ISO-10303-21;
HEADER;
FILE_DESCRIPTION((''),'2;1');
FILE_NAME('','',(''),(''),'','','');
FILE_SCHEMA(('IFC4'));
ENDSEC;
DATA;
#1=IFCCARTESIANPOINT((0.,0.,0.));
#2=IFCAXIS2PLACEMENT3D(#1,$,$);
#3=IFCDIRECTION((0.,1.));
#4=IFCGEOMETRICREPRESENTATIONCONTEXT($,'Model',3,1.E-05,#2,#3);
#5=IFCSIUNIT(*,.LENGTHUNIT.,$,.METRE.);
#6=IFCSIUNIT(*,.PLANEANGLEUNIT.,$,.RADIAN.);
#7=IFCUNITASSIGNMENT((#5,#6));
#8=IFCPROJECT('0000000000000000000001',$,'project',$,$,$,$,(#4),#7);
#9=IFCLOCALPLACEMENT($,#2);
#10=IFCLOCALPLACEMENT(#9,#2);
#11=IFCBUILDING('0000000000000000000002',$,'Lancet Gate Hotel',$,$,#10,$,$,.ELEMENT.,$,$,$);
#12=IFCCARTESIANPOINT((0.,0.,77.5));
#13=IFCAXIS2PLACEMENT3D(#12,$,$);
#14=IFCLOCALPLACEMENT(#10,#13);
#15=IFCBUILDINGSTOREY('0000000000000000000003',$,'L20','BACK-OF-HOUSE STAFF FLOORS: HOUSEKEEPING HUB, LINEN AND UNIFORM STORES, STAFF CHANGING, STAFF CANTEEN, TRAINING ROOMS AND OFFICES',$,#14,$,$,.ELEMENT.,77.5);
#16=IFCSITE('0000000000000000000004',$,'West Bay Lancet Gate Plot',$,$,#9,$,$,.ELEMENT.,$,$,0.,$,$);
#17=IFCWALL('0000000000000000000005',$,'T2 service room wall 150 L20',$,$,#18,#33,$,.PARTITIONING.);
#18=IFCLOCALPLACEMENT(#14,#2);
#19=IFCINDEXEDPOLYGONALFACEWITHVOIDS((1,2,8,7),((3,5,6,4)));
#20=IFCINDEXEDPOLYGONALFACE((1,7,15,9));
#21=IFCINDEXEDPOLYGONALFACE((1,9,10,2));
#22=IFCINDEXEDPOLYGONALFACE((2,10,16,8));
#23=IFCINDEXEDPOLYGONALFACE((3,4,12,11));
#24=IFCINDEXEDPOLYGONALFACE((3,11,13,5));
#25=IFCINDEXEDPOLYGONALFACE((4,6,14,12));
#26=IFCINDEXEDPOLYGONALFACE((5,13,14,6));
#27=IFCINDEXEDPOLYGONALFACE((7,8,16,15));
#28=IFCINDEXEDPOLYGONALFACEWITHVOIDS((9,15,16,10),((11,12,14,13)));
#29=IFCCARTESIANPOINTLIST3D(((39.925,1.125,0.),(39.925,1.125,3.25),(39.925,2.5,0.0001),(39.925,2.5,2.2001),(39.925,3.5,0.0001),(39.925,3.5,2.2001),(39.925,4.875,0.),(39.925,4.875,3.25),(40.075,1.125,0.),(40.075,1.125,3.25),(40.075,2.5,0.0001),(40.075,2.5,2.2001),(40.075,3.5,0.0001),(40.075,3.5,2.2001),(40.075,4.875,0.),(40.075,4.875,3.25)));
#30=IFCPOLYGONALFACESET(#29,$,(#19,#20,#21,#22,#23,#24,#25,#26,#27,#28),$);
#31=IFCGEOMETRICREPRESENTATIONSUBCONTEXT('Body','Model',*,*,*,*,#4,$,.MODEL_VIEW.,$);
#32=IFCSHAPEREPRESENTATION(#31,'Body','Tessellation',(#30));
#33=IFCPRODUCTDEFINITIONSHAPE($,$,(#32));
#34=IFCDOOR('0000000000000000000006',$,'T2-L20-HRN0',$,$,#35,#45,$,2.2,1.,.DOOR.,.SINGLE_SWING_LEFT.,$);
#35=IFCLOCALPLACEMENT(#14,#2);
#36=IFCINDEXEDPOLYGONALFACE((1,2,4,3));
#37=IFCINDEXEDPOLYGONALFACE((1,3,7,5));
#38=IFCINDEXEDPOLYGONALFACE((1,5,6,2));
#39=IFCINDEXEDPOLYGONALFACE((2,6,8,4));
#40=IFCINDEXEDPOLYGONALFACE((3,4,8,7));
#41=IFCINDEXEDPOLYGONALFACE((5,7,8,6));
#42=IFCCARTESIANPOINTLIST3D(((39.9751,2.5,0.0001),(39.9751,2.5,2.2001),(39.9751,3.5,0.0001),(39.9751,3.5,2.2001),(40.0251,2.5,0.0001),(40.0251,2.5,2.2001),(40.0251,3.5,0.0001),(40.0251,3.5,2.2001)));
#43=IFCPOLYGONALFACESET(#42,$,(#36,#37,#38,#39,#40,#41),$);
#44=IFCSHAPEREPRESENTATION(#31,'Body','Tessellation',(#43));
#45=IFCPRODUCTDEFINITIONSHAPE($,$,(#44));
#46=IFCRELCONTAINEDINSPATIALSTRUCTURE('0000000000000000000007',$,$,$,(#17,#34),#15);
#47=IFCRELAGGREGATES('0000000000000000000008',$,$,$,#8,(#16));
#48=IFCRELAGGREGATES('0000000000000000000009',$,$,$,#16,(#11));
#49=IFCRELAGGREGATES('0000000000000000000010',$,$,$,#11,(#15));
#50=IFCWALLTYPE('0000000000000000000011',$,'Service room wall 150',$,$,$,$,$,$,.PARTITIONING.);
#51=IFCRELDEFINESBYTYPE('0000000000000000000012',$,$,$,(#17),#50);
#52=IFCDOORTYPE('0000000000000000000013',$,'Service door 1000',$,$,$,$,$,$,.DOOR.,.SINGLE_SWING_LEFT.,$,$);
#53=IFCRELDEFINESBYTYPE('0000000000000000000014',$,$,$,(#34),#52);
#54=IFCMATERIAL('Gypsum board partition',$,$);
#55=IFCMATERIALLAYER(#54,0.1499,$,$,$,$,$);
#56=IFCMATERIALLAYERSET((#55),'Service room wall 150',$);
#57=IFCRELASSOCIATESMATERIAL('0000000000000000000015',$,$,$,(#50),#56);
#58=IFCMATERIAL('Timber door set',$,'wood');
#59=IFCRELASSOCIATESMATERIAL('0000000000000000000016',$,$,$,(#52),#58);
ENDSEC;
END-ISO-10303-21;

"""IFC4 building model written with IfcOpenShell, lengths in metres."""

from ifc_helpers import new_model, si_unit, direction, frame, frame_2d, origin, place, context, subcontext, project, spatial, rectangle, extrude, material, layer, layer_set, type_object, element, fill, save


model = new_model("IFC4")

# Units and contexts
model_context = context("Model", 3, precision=1e-05, world=origin(), true_north=direction((0.0, 1.0)))
body_context = subcontext(model_context, "Body", "Model", "MODEL_VIEW")
ifc_project = project(units=[si_unit("LENGTHUNIT", "METRE"), si_unit("PLANEANGLEUNIT", "RADIAN")], contexts=[model_context])

# Site, building, storey
site_placement = place(None, origin())
site = spatial("IfcSite", under=ifc_project, at=site_placement, Name="West Bay Lancet Gate Plot", CompositionType="ELEMENT", RefElevation=0.0)
building_placement = place(site_placement, origin())
building = spatial("IfcBuilding", under=site, at=building_placement, Name="Lancet Gate Hotel", CompositionType="ELEMENT")
storey_placement = place(building_placement, frame((0.0, 0.0, 77.5)))
storey = spatial("IfcBuildingStorey", under=building, at=storey_placement, Name="L20", Description="BACK-OF-HOUSE STAFF FLOORS: HOUSEKEEPING HUB, LINEN AND UNIFORM STORES, STAFF CHANGING, STAFF CANTEEN, TRAINING ROOMS AND OFFICES", CompositionType="ELEMENT", Elevation=77.5)

# Shared definitions
ifc_material_1 = material(Name="Gypsum board partition")
ifc_layer_1 = layer(ifc_material_1, 0.1499)
ifc_layer_set_1 = layer_set([ifc_layer_1], Name="Service room wall 150")
wall_type_1 = type_object("IfcWallType", Name="Service room wall 150", PredefinedType="PARTITIONING", material=ifc_layer_set_1)

# Wall, opening, door
wall_1_placement = place(storey_placement, frame((40.0, 1.125, 0.0), z_axis=(0.0, 0.0, 1.0), x_axis=(0.0, 1.0, 0.0)))
wall_1 = element("IfcWall", 1, at=wall_1_placement, inside=storey, type_object=wall_type_1, Name="T2 service room wall 150 L20", PredefinedType="PARTITIONING", context=body_context, shape_type="SweptSolid", body=[
    extrude(rectangle(XDim=3.75, YDim=0.1499, at=frame_2d((1.875, 0.0))), origin(), (0.0, 0.0, 1.0), 3.25),
])
opening_1_placement = place(wall_1_placement, frame((1.375, 0.0, 0.0)))
opening_1 = element("IfcOpeningElement", 2, at=opening_1_placement, cuts=wall_1, PredefinedType="OPENING", context=body_context, shape_type="SweptSolid", body=[
    extrude(rectangle(XDim=1.0, YDim=2.2, at=frame_2d((0.5, 1.1001))), frame((0.0, 0.085, 0.0), z_axis=(0.0, -1.0, 0.0), x_axis=(1.0, 0.0, 0.0)), (0.0, 0.0, 1.0), 0.1699),
])
ifc_material_2 = material(Name="Timber door set", Category="wood")
door_type = type_object("IfcDoorType", Name="Service door 1000", OperationType="SINGLE_SWING_LEFT", PredefinedType="DOOR", material=ifc_material_2)
door_placement = place(opening_1_placement, origin())
door = element("IfcDoor", 3, at=door_placement, inside=storey, type_object=door_type, Name="T2-L20-HRN0", OperationType="SINGLE_SWING_LEFT", OverallHeight=2.2, OverallWidth=1.0, PredefinedType="DOOR", context=body_context, shape_type="SweptSolid", body=[
    extrude(rectangle(XDim=1.0, YDim=2.2, at=frame_2d((0.5, 1.1001))), frame((0.0, 0.0249, 0.0), z_axis=(0.0, -1.0, 0.0), x_axis=(1.0, 0.0, 0.0)), (0.0, 0.0, 1.0), 0.05),
])
fill(opening_1, door)

save(model, "model.ifc")
